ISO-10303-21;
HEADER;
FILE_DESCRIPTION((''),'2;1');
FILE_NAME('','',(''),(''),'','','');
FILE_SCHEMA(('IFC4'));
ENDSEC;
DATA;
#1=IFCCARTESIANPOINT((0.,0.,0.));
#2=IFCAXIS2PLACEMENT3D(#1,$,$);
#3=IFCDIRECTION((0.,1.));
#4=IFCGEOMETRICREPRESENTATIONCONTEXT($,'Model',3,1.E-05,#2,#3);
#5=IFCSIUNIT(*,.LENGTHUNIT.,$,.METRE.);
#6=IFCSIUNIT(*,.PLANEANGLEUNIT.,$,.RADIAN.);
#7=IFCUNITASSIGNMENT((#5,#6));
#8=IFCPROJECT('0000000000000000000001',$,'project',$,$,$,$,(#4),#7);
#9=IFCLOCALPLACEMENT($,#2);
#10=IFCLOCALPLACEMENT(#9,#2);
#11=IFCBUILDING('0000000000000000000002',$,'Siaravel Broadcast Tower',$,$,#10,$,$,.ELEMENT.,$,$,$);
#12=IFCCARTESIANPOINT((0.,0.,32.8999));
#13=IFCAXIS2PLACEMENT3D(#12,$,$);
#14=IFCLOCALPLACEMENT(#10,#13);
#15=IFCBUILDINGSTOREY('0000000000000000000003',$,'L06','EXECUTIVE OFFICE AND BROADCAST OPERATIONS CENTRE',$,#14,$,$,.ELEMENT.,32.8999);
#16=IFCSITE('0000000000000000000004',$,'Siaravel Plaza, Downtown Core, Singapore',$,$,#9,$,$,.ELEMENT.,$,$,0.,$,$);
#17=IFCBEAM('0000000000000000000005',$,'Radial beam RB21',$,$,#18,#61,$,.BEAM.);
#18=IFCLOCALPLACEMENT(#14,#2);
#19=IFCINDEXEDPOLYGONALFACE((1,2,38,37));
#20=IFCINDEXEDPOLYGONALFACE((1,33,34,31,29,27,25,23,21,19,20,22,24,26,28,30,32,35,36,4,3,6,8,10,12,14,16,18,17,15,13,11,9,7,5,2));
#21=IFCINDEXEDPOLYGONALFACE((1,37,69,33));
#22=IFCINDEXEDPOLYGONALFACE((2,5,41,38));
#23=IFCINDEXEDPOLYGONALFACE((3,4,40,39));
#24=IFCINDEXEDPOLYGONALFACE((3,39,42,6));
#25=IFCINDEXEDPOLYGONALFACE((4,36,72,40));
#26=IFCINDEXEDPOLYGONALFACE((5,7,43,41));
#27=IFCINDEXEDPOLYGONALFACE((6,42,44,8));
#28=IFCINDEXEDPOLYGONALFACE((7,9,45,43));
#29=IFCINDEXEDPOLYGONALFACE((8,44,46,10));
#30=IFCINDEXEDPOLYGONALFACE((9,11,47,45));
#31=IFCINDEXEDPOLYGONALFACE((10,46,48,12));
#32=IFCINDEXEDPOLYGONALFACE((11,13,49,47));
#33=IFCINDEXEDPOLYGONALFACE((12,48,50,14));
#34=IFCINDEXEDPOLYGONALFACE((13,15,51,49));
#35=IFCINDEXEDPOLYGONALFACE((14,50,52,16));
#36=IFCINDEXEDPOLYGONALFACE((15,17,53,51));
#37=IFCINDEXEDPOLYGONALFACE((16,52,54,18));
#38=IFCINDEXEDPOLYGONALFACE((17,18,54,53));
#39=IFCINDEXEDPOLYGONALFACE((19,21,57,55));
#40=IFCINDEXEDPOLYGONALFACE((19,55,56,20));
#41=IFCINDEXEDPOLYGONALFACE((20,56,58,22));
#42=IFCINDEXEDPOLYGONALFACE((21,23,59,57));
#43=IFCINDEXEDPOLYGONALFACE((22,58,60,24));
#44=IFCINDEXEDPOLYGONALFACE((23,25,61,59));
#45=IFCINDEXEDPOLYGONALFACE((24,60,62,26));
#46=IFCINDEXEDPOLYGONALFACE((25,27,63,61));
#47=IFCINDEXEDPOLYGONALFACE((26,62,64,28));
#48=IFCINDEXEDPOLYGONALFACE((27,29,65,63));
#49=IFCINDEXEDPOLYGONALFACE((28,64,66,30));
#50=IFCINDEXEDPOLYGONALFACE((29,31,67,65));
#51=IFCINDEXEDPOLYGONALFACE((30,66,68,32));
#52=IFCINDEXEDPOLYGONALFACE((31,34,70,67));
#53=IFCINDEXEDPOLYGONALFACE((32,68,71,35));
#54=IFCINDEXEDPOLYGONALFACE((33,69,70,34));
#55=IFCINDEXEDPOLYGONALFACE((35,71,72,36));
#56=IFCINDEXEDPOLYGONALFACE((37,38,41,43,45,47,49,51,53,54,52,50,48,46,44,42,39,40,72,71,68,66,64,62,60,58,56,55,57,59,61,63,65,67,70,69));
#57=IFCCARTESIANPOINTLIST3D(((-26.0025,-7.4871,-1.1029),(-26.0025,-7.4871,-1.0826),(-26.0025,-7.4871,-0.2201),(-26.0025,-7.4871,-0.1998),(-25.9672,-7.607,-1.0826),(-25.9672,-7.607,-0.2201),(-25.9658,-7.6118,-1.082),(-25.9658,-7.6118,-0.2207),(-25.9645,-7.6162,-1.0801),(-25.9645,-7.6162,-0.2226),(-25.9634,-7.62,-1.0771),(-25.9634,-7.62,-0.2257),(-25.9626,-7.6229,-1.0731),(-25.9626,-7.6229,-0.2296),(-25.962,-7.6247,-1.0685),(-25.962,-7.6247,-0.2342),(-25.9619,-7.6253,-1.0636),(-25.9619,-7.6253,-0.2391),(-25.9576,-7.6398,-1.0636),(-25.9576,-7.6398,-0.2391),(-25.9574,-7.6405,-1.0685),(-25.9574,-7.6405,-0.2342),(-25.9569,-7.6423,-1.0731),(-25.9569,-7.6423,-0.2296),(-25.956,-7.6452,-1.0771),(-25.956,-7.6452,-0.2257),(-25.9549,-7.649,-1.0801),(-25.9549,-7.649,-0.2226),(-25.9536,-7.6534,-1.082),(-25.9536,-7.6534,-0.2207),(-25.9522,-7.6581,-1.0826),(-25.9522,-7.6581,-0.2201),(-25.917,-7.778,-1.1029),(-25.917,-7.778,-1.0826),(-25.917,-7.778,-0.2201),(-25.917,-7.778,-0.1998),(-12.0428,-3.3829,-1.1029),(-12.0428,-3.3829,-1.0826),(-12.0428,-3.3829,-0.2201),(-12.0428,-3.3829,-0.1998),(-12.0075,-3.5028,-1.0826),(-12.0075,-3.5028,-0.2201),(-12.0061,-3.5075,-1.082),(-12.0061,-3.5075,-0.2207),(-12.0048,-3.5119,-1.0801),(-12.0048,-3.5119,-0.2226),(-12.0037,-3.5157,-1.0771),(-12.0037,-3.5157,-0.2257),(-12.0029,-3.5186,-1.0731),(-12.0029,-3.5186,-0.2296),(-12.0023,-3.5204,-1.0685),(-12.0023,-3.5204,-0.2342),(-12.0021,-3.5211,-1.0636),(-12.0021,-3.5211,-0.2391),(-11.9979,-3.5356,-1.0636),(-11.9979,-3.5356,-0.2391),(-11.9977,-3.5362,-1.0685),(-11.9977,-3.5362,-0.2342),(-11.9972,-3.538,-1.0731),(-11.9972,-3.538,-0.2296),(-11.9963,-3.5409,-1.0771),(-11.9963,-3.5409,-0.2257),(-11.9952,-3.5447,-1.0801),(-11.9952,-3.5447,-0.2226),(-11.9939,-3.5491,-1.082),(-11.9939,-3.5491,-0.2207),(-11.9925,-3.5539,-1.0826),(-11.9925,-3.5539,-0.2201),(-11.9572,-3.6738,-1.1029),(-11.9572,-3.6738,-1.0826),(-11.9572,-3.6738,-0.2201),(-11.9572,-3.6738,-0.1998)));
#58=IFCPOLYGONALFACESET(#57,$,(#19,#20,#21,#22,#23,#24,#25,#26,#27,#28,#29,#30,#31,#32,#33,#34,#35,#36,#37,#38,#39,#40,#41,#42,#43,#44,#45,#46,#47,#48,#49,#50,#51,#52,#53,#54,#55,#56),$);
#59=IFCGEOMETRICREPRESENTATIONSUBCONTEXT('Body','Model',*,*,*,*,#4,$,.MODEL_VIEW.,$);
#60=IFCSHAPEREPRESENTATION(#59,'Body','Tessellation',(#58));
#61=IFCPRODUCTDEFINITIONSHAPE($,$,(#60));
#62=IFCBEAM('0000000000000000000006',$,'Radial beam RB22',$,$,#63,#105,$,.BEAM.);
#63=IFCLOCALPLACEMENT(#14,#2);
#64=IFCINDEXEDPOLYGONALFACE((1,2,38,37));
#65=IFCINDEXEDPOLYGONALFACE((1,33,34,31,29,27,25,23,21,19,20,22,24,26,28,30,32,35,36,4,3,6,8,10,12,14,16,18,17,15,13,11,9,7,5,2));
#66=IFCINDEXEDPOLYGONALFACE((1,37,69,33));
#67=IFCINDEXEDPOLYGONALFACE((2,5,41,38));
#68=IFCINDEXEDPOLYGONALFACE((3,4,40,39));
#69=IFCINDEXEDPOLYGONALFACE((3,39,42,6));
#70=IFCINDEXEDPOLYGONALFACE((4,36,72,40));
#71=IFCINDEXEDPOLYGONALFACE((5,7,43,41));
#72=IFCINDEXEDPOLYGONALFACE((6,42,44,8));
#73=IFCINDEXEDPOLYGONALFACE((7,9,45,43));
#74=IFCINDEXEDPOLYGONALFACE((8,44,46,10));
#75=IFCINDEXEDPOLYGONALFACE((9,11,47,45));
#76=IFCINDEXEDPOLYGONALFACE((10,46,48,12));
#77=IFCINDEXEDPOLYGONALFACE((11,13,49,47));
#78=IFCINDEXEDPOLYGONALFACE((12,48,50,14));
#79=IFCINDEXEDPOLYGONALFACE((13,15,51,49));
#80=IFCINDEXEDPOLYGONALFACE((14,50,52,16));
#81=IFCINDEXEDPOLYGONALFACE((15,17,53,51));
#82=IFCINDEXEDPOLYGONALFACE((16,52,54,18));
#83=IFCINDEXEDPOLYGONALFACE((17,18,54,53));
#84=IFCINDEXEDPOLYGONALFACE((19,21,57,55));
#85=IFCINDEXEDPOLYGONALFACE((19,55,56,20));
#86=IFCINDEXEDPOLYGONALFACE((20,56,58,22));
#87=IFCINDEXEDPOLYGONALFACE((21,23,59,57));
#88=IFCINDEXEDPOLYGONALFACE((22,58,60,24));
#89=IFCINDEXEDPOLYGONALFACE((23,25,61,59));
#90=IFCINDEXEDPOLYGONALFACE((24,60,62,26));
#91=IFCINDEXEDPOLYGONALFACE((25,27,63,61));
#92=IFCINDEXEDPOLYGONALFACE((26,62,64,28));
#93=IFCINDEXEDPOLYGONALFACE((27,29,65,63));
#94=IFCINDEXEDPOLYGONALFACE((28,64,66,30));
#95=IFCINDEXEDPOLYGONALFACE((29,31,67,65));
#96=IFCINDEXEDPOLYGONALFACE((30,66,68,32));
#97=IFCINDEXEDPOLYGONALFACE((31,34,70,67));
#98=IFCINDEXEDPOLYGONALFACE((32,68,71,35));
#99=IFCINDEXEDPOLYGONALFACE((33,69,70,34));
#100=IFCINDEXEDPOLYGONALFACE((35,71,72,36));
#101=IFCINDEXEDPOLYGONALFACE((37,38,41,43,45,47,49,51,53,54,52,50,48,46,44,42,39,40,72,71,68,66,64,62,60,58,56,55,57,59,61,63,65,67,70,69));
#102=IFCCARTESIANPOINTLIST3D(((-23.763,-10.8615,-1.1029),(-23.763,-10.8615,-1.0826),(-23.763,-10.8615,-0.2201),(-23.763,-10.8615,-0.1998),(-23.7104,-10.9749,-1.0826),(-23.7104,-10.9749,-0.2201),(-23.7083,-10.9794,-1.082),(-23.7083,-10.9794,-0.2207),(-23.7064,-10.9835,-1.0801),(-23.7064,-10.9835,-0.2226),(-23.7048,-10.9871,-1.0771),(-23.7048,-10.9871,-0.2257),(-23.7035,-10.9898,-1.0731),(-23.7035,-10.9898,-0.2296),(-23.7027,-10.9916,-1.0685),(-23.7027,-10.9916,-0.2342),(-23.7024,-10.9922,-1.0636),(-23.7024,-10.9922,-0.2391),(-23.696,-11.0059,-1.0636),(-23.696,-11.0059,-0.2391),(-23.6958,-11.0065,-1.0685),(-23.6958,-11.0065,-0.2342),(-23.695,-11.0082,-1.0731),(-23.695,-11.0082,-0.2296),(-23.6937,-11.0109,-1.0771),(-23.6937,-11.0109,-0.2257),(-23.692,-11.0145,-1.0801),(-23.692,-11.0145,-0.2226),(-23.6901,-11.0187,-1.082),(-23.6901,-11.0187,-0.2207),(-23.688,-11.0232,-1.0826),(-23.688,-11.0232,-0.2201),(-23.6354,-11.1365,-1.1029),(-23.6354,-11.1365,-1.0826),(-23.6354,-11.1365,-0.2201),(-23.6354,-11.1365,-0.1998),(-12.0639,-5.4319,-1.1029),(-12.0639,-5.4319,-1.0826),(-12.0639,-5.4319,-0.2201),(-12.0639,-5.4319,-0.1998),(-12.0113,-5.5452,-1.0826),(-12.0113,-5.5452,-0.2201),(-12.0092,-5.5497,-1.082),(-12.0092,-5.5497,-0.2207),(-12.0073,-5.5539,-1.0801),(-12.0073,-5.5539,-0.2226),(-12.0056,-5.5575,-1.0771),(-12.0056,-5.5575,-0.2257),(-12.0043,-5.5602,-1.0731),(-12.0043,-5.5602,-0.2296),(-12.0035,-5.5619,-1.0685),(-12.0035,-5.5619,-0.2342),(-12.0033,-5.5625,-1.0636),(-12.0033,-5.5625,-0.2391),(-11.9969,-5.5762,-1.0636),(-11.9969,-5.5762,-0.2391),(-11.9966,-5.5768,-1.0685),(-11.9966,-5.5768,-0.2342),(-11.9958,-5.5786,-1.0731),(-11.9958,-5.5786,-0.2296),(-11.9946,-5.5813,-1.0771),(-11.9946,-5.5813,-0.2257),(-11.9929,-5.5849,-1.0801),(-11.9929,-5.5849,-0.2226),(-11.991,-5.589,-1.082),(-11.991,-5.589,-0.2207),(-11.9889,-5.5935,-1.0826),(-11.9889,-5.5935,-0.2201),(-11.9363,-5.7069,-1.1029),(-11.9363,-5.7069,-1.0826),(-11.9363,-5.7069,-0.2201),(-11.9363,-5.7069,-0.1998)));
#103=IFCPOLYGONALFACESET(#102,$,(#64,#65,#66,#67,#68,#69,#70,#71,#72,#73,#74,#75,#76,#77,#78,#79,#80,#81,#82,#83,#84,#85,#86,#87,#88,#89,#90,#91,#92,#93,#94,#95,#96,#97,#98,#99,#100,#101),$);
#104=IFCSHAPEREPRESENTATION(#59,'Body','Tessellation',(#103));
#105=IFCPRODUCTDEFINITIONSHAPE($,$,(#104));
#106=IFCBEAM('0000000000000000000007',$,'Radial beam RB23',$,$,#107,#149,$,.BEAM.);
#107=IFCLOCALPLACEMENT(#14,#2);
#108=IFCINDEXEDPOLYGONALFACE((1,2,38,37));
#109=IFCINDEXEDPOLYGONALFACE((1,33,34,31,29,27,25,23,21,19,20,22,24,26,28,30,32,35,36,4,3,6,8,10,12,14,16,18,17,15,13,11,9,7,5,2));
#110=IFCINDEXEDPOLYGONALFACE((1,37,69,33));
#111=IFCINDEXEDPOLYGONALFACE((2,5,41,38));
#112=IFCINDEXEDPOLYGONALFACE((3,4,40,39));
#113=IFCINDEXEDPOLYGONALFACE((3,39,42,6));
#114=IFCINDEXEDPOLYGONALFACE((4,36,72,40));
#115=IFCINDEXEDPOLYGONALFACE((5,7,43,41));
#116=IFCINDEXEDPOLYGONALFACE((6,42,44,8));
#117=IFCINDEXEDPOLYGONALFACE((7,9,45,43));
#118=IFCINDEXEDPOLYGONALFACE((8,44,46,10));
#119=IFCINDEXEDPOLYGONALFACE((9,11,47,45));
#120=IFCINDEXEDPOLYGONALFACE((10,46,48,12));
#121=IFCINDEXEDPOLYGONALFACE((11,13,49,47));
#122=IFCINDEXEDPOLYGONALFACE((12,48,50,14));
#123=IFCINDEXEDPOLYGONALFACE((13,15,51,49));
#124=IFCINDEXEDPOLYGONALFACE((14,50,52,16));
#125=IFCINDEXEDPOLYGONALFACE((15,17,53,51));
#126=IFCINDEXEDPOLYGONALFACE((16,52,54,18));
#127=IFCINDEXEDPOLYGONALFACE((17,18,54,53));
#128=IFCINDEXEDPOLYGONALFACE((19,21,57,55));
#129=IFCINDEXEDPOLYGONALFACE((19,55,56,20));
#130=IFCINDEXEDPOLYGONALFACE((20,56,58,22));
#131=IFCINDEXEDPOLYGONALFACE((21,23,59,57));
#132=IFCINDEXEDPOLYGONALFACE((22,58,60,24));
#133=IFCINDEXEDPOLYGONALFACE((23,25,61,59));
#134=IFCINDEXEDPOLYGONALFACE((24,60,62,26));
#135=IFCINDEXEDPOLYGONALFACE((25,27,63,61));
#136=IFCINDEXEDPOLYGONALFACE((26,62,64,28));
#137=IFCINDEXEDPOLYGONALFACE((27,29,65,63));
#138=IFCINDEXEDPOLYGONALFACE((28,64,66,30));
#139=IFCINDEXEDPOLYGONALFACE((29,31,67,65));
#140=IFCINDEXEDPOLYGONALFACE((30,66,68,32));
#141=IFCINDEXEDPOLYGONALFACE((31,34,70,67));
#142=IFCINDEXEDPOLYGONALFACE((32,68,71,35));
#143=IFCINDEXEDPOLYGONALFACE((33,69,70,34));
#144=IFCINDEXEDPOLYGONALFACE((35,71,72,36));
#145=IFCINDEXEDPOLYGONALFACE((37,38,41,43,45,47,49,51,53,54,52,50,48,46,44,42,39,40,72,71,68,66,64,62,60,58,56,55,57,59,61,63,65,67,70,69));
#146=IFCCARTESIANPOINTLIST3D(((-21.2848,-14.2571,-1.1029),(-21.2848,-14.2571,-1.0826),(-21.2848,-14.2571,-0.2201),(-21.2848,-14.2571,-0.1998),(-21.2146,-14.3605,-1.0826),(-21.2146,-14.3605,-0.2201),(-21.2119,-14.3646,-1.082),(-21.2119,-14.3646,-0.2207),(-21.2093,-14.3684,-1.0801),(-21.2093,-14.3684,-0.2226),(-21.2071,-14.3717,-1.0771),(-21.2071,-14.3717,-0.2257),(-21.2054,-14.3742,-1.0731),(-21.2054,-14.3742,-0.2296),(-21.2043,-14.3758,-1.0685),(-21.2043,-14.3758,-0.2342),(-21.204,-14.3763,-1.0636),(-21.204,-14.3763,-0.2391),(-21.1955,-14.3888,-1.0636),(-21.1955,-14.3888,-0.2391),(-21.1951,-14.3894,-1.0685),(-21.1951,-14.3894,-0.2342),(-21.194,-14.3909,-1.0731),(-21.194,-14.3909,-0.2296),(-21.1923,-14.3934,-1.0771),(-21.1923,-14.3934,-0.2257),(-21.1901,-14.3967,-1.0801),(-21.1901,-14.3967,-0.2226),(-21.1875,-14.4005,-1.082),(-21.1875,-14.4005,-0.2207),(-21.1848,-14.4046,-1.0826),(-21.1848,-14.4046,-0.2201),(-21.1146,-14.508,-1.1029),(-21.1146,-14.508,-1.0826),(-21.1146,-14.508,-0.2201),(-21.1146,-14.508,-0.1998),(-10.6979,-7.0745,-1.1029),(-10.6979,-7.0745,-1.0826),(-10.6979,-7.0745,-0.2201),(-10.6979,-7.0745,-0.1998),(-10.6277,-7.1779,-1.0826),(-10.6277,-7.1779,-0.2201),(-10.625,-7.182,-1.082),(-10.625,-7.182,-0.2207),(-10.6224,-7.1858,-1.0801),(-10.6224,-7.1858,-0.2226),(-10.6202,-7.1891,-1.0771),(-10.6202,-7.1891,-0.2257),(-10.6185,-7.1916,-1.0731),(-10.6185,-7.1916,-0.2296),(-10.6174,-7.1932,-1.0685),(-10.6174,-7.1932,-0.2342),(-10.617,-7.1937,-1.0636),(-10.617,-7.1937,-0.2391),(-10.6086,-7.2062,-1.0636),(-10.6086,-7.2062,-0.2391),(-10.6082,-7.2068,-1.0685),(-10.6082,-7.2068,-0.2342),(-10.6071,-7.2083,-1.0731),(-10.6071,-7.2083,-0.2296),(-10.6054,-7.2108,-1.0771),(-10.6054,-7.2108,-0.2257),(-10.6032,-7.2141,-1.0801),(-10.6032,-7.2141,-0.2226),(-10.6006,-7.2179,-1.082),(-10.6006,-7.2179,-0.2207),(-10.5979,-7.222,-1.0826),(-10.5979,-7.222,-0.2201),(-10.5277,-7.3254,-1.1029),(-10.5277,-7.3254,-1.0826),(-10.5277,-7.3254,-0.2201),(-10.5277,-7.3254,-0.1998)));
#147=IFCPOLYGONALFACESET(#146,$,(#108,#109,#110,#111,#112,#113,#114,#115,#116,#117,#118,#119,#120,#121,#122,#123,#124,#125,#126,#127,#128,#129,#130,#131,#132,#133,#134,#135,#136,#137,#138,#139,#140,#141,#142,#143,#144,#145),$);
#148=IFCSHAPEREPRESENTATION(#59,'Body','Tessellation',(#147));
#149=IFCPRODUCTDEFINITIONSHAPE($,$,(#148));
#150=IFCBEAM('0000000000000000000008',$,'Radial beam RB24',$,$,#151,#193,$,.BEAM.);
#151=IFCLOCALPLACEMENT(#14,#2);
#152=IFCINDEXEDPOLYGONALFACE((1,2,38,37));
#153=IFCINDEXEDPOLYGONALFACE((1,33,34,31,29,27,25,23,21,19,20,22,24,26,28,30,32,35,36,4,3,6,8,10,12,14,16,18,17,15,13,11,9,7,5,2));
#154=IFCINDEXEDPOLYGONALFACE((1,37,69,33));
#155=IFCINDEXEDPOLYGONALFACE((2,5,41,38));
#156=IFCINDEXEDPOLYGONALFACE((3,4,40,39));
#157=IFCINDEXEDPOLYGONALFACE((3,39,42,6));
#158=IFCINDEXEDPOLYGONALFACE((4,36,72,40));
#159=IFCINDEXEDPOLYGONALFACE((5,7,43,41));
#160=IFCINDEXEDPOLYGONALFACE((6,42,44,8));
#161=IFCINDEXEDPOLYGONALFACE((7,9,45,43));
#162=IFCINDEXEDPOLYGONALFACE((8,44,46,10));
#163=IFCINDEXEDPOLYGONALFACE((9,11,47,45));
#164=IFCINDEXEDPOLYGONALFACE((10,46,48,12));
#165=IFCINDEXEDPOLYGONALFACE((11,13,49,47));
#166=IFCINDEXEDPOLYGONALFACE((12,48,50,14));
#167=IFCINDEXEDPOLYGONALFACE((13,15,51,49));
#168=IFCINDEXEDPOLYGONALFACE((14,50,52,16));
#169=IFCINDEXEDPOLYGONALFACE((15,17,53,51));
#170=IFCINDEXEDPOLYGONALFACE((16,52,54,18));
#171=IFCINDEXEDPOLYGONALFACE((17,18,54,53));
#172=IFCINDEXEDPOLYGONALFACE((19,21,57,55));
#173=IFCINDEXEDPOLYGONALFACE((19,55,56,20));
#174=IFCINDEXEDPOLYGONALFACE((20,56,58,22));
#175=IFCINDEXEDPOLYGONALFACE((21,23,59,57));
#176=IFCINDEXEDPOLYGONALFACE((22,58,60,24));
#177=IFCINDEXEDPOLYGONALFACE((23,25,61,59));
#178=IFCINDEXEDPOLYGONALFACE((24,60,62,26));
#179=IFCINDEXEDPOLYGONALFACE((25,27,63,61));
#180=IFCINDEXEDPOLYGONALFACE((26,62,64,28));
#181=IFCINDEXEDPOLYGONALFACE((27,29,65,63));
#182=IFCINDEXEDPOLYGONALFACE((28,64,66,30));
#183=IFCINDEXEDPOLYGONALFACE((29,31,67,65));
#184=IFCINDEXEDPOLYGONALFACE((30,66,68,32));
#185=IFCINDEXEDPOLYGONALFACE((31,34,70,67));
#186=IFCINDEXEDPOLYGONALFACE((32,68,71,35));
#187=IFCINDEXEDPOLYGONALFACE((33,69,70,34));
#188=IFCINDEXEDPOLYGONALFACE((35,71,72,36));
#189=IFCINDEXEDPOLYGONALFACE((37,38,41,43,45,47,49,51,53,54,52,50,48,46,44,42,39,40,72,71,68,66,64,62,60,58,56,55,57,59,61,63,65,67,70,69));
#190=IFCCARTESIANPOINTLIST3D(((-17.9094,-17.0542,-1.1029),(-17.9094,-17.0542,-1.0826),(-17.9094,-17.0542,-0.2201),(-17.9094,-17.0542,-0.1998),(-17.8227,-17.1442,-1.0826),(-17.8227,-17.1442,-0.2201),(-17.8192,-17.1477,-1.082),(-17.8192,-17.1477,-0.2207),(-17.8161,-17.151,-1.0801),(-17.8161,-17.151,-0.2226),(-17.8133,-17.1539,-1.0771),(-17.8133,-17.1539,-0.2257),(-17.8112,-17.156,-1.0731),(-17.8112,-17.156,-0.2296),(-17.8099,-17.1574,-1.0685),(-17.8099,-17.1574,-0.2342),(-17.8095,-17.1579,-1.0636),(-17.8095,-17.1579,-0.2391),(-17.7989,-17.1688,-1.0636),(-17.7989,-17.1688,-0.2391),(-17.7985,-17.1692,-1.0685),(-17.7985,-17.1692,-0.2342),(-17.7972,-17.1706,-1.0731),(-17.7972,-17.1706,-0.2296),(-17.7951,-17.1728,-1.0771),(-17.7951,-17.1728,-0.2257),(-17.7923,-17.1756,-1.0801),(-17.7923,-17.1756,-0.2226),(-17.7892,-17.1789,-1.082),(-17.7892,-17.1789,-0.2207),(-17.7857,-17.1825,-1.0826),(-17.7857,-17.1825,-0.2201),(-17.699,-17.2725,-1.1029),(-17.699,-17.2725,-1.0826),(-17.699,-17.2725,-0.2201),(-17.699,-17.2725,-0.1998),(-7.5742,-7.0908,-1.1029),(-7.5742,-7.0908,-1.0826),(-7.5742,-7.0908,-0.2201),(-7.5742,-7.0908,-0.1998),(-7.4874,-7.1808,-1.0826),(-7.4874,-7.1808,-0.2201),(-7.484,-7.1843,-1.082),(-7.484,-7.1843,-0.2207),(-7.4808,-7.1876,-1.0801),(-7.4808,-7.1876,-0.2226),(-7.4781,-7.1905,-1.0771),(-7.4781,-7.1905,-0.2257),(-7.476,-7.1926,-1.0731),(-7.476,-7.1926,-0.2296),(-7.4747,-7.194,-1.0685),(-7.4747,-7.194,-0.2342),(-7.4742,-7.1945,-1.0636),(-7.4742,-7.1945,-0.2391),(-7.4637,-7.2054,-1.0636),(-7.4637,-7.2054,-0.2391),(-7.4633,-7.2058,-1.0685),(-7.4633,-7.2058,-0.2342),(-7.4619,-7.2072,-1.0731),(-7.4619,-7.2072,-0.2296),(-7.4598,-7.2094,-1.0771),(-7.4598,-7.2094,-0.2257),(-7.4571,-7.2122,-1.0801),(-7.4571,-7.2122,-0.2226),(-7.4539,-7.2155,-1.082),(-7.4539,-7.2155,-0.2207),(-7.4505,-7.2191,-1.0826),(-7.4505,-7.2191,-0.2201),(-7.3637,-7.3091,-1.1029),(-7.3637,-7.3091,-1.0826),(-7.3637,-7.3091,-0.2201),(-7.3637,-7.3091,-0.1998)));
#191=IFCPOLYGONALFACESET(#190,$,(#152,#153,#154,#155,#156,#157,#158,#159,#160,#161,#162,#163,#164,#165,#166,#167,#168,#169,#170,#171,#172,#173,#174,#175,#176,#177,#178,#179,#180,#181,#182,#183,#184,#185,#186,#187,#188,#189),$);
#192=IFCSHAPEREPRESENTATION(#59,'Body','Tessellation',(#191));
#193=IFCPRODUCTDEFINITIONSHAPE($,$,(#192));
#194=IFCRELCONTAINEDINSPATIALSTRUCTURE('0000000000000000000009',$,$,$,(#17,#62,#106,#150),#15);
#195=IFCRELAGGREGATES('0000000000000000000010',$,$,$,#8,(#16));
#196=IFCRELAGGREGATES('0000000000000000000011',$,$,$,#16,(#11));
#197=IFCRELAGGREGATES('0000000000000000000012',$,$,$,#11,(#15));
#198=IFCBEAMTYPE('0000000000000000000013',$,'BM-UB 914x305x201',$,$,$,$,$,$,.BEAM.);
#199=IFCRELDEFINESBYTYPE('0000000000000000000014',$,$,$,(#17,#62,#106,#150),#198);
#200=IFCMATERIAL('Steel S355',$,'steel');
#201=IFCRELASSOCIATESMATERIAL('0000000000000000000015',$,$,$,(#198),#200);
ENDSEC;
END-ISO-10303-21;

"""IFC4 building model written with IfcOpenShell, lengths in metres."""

from ifc_helpers import new_model, si_unit, direction, frame, origin, origin_2d, place, context, subcontext, project, spatial, i_section, extrude, material, material_profile, profile_set, type_object, element, save


model = new_model("IFC4")

# Units and contexts
model_context = context("Model", 3, precision=1e-05, world=origin(), true_north=direction((0.0, 1.0)))
body_context = subcontext(model_context, "Body", "Model", "MODEL_VIEW")
ifc_project = project(units=[si_unit("LENGTHUNIT", "METRE"), si_unit("PLANEANGLEUNIT", "RADIAN")], contexts=[model_context])

# Site, building, storey
site_placement = place(None, origin())
site = spatial("IfcSite", under=ifc_project, at=site_placement, Name="Siaravel Plaza, Downtown Core, Singapore", CompositionType="ELEMENT", RefElevation=0.0)
building_placement = place(site_placement, origin())
building = spatial("IfcBuilding", under=site, at=building_placement, Name="Siaravel Broadcast Tower", CompositionType="ELEMENT")
storey_placement = place(building_placement, frame((0.0, 0.0, 32.8999)))
storey = spatial("IfcBuildingStorey", under=building, at=storey_placement, Name="L06", Description="EXECUTIVE OFFICE AND BROADCAST OPERATIONS CENTRE", CompositionType="ELEMENT", Elevation=32.8999)

# Beams
ifc_material_1 = material(Name="Steel S355", Category="steel")
ifc_material_profile_1 = material_profile(ifc_material_1, i_section(OverallWidth=0.3032, OverallDepth=0.9031, WebThickness=0.0151, FlangeThickness=0.0203, FilletRadius=0.019, at=origin_2d()))
ifc_profile_set_1 = profile_set([ifc_material_profile_1], Name="Steel S355")
beam_type = type_object("IfcBeamType", Name="BM-UB 914x305x201", PredefinedType="BEAM", material=ifc_profile_set_1)
beam_1_placement = place(storey_placement, frame((-25.9597, -7.6326, -0.6514), z_axis=(0.959394, 0.282068, 0.0), x_axis=(-0.282068, 0.959394, 0.0)))
element("IfcBeam", 1, at=beam_1_placement, inside=storey, type_object=beam_type, Name="Radial beam RB21", PredefinedType="BEAM", context=body_context, shape_type="SweptSolid", body=[
    extrude(i_section(OverallWidth=0.3032, OverallDepth=0.9031, WebThickness=0.0151, FlangeThickness=0.0203, FilletRadius=0.019, at=origin_2d()), origin(), (0.0, 0.0, 1.0), 14.5505),
])
beam_2_placement = place(storey_placement, frame((-23.6992, -10.999, -0.6514), z_axis=(0.907071, 0.420978, 0.0), x_axis=(-0.420978, 0.907071, 0.0)))
element("IfcBeam", 2, at=beam_2_placement, inside=storey, type_object=beam_type, Name="Radial beam RB22", PredefinedType="BEAM", context=body_context, shape_type="SweptSolid", body=[
    extrude(i_section(OverallWidth=0.3032, OverallDepth=0.9031, WebThickness=0.0151, FlangeThickness=0.0203, FilletRadius=0.019, at=origin_2d()), origin(), (0.0, 0.0, 1.0), 12.8977),
])
beam_3_placement = place(storey_placement, frame((-21.1997, -14.3826, -0.6514), z_axis=(0.827525, 0.561429, 0.0), x_axis=(-0.561429, 0.827525, 0.0)))
element("IfcBeam", 3, at=beam_3_placement, inside=storey, type_object=beam_type, Name="Radial beam RB23", PredefinedType="BEAM", context=body_context, shape_type="SweptSolid", body=[
    extrude(i_section(OverallWidth=0.3032, OverallDepth=0.9031, WebThickness=0.0151, FlangeThickness=0.0203, FilletRadius=0.019, at=origin_2d()), origin(), (0.0, 0.0, 1.0), 12.7935),
])
beam_4_placement = place(storey_placement, frame((-17.8042, -17.1633, -0.6514), z_axis=(0.719939, 0.694038, 0.0), x_axis=(-0.694038, 0.719939, 0.0)))
element("IfcBeam", 4, at=beam_4_placement, inside=storey, type_object=beam_type, Name="Radial beam RB24", PredefinedType="BEAM", context=body_context, shape_type="SweptSolid", body=[
    extrude(i_section(OverallWidth=0.3032, OverallDepth=0.9031, WebThickness=0.0151, FlangeThickness=0.0203, FilletRadius=0.019, at=origin_2d()), origin(), (0.0, 0.0, 1.0), 14.3557),
])

save(model, "model.ifc")
